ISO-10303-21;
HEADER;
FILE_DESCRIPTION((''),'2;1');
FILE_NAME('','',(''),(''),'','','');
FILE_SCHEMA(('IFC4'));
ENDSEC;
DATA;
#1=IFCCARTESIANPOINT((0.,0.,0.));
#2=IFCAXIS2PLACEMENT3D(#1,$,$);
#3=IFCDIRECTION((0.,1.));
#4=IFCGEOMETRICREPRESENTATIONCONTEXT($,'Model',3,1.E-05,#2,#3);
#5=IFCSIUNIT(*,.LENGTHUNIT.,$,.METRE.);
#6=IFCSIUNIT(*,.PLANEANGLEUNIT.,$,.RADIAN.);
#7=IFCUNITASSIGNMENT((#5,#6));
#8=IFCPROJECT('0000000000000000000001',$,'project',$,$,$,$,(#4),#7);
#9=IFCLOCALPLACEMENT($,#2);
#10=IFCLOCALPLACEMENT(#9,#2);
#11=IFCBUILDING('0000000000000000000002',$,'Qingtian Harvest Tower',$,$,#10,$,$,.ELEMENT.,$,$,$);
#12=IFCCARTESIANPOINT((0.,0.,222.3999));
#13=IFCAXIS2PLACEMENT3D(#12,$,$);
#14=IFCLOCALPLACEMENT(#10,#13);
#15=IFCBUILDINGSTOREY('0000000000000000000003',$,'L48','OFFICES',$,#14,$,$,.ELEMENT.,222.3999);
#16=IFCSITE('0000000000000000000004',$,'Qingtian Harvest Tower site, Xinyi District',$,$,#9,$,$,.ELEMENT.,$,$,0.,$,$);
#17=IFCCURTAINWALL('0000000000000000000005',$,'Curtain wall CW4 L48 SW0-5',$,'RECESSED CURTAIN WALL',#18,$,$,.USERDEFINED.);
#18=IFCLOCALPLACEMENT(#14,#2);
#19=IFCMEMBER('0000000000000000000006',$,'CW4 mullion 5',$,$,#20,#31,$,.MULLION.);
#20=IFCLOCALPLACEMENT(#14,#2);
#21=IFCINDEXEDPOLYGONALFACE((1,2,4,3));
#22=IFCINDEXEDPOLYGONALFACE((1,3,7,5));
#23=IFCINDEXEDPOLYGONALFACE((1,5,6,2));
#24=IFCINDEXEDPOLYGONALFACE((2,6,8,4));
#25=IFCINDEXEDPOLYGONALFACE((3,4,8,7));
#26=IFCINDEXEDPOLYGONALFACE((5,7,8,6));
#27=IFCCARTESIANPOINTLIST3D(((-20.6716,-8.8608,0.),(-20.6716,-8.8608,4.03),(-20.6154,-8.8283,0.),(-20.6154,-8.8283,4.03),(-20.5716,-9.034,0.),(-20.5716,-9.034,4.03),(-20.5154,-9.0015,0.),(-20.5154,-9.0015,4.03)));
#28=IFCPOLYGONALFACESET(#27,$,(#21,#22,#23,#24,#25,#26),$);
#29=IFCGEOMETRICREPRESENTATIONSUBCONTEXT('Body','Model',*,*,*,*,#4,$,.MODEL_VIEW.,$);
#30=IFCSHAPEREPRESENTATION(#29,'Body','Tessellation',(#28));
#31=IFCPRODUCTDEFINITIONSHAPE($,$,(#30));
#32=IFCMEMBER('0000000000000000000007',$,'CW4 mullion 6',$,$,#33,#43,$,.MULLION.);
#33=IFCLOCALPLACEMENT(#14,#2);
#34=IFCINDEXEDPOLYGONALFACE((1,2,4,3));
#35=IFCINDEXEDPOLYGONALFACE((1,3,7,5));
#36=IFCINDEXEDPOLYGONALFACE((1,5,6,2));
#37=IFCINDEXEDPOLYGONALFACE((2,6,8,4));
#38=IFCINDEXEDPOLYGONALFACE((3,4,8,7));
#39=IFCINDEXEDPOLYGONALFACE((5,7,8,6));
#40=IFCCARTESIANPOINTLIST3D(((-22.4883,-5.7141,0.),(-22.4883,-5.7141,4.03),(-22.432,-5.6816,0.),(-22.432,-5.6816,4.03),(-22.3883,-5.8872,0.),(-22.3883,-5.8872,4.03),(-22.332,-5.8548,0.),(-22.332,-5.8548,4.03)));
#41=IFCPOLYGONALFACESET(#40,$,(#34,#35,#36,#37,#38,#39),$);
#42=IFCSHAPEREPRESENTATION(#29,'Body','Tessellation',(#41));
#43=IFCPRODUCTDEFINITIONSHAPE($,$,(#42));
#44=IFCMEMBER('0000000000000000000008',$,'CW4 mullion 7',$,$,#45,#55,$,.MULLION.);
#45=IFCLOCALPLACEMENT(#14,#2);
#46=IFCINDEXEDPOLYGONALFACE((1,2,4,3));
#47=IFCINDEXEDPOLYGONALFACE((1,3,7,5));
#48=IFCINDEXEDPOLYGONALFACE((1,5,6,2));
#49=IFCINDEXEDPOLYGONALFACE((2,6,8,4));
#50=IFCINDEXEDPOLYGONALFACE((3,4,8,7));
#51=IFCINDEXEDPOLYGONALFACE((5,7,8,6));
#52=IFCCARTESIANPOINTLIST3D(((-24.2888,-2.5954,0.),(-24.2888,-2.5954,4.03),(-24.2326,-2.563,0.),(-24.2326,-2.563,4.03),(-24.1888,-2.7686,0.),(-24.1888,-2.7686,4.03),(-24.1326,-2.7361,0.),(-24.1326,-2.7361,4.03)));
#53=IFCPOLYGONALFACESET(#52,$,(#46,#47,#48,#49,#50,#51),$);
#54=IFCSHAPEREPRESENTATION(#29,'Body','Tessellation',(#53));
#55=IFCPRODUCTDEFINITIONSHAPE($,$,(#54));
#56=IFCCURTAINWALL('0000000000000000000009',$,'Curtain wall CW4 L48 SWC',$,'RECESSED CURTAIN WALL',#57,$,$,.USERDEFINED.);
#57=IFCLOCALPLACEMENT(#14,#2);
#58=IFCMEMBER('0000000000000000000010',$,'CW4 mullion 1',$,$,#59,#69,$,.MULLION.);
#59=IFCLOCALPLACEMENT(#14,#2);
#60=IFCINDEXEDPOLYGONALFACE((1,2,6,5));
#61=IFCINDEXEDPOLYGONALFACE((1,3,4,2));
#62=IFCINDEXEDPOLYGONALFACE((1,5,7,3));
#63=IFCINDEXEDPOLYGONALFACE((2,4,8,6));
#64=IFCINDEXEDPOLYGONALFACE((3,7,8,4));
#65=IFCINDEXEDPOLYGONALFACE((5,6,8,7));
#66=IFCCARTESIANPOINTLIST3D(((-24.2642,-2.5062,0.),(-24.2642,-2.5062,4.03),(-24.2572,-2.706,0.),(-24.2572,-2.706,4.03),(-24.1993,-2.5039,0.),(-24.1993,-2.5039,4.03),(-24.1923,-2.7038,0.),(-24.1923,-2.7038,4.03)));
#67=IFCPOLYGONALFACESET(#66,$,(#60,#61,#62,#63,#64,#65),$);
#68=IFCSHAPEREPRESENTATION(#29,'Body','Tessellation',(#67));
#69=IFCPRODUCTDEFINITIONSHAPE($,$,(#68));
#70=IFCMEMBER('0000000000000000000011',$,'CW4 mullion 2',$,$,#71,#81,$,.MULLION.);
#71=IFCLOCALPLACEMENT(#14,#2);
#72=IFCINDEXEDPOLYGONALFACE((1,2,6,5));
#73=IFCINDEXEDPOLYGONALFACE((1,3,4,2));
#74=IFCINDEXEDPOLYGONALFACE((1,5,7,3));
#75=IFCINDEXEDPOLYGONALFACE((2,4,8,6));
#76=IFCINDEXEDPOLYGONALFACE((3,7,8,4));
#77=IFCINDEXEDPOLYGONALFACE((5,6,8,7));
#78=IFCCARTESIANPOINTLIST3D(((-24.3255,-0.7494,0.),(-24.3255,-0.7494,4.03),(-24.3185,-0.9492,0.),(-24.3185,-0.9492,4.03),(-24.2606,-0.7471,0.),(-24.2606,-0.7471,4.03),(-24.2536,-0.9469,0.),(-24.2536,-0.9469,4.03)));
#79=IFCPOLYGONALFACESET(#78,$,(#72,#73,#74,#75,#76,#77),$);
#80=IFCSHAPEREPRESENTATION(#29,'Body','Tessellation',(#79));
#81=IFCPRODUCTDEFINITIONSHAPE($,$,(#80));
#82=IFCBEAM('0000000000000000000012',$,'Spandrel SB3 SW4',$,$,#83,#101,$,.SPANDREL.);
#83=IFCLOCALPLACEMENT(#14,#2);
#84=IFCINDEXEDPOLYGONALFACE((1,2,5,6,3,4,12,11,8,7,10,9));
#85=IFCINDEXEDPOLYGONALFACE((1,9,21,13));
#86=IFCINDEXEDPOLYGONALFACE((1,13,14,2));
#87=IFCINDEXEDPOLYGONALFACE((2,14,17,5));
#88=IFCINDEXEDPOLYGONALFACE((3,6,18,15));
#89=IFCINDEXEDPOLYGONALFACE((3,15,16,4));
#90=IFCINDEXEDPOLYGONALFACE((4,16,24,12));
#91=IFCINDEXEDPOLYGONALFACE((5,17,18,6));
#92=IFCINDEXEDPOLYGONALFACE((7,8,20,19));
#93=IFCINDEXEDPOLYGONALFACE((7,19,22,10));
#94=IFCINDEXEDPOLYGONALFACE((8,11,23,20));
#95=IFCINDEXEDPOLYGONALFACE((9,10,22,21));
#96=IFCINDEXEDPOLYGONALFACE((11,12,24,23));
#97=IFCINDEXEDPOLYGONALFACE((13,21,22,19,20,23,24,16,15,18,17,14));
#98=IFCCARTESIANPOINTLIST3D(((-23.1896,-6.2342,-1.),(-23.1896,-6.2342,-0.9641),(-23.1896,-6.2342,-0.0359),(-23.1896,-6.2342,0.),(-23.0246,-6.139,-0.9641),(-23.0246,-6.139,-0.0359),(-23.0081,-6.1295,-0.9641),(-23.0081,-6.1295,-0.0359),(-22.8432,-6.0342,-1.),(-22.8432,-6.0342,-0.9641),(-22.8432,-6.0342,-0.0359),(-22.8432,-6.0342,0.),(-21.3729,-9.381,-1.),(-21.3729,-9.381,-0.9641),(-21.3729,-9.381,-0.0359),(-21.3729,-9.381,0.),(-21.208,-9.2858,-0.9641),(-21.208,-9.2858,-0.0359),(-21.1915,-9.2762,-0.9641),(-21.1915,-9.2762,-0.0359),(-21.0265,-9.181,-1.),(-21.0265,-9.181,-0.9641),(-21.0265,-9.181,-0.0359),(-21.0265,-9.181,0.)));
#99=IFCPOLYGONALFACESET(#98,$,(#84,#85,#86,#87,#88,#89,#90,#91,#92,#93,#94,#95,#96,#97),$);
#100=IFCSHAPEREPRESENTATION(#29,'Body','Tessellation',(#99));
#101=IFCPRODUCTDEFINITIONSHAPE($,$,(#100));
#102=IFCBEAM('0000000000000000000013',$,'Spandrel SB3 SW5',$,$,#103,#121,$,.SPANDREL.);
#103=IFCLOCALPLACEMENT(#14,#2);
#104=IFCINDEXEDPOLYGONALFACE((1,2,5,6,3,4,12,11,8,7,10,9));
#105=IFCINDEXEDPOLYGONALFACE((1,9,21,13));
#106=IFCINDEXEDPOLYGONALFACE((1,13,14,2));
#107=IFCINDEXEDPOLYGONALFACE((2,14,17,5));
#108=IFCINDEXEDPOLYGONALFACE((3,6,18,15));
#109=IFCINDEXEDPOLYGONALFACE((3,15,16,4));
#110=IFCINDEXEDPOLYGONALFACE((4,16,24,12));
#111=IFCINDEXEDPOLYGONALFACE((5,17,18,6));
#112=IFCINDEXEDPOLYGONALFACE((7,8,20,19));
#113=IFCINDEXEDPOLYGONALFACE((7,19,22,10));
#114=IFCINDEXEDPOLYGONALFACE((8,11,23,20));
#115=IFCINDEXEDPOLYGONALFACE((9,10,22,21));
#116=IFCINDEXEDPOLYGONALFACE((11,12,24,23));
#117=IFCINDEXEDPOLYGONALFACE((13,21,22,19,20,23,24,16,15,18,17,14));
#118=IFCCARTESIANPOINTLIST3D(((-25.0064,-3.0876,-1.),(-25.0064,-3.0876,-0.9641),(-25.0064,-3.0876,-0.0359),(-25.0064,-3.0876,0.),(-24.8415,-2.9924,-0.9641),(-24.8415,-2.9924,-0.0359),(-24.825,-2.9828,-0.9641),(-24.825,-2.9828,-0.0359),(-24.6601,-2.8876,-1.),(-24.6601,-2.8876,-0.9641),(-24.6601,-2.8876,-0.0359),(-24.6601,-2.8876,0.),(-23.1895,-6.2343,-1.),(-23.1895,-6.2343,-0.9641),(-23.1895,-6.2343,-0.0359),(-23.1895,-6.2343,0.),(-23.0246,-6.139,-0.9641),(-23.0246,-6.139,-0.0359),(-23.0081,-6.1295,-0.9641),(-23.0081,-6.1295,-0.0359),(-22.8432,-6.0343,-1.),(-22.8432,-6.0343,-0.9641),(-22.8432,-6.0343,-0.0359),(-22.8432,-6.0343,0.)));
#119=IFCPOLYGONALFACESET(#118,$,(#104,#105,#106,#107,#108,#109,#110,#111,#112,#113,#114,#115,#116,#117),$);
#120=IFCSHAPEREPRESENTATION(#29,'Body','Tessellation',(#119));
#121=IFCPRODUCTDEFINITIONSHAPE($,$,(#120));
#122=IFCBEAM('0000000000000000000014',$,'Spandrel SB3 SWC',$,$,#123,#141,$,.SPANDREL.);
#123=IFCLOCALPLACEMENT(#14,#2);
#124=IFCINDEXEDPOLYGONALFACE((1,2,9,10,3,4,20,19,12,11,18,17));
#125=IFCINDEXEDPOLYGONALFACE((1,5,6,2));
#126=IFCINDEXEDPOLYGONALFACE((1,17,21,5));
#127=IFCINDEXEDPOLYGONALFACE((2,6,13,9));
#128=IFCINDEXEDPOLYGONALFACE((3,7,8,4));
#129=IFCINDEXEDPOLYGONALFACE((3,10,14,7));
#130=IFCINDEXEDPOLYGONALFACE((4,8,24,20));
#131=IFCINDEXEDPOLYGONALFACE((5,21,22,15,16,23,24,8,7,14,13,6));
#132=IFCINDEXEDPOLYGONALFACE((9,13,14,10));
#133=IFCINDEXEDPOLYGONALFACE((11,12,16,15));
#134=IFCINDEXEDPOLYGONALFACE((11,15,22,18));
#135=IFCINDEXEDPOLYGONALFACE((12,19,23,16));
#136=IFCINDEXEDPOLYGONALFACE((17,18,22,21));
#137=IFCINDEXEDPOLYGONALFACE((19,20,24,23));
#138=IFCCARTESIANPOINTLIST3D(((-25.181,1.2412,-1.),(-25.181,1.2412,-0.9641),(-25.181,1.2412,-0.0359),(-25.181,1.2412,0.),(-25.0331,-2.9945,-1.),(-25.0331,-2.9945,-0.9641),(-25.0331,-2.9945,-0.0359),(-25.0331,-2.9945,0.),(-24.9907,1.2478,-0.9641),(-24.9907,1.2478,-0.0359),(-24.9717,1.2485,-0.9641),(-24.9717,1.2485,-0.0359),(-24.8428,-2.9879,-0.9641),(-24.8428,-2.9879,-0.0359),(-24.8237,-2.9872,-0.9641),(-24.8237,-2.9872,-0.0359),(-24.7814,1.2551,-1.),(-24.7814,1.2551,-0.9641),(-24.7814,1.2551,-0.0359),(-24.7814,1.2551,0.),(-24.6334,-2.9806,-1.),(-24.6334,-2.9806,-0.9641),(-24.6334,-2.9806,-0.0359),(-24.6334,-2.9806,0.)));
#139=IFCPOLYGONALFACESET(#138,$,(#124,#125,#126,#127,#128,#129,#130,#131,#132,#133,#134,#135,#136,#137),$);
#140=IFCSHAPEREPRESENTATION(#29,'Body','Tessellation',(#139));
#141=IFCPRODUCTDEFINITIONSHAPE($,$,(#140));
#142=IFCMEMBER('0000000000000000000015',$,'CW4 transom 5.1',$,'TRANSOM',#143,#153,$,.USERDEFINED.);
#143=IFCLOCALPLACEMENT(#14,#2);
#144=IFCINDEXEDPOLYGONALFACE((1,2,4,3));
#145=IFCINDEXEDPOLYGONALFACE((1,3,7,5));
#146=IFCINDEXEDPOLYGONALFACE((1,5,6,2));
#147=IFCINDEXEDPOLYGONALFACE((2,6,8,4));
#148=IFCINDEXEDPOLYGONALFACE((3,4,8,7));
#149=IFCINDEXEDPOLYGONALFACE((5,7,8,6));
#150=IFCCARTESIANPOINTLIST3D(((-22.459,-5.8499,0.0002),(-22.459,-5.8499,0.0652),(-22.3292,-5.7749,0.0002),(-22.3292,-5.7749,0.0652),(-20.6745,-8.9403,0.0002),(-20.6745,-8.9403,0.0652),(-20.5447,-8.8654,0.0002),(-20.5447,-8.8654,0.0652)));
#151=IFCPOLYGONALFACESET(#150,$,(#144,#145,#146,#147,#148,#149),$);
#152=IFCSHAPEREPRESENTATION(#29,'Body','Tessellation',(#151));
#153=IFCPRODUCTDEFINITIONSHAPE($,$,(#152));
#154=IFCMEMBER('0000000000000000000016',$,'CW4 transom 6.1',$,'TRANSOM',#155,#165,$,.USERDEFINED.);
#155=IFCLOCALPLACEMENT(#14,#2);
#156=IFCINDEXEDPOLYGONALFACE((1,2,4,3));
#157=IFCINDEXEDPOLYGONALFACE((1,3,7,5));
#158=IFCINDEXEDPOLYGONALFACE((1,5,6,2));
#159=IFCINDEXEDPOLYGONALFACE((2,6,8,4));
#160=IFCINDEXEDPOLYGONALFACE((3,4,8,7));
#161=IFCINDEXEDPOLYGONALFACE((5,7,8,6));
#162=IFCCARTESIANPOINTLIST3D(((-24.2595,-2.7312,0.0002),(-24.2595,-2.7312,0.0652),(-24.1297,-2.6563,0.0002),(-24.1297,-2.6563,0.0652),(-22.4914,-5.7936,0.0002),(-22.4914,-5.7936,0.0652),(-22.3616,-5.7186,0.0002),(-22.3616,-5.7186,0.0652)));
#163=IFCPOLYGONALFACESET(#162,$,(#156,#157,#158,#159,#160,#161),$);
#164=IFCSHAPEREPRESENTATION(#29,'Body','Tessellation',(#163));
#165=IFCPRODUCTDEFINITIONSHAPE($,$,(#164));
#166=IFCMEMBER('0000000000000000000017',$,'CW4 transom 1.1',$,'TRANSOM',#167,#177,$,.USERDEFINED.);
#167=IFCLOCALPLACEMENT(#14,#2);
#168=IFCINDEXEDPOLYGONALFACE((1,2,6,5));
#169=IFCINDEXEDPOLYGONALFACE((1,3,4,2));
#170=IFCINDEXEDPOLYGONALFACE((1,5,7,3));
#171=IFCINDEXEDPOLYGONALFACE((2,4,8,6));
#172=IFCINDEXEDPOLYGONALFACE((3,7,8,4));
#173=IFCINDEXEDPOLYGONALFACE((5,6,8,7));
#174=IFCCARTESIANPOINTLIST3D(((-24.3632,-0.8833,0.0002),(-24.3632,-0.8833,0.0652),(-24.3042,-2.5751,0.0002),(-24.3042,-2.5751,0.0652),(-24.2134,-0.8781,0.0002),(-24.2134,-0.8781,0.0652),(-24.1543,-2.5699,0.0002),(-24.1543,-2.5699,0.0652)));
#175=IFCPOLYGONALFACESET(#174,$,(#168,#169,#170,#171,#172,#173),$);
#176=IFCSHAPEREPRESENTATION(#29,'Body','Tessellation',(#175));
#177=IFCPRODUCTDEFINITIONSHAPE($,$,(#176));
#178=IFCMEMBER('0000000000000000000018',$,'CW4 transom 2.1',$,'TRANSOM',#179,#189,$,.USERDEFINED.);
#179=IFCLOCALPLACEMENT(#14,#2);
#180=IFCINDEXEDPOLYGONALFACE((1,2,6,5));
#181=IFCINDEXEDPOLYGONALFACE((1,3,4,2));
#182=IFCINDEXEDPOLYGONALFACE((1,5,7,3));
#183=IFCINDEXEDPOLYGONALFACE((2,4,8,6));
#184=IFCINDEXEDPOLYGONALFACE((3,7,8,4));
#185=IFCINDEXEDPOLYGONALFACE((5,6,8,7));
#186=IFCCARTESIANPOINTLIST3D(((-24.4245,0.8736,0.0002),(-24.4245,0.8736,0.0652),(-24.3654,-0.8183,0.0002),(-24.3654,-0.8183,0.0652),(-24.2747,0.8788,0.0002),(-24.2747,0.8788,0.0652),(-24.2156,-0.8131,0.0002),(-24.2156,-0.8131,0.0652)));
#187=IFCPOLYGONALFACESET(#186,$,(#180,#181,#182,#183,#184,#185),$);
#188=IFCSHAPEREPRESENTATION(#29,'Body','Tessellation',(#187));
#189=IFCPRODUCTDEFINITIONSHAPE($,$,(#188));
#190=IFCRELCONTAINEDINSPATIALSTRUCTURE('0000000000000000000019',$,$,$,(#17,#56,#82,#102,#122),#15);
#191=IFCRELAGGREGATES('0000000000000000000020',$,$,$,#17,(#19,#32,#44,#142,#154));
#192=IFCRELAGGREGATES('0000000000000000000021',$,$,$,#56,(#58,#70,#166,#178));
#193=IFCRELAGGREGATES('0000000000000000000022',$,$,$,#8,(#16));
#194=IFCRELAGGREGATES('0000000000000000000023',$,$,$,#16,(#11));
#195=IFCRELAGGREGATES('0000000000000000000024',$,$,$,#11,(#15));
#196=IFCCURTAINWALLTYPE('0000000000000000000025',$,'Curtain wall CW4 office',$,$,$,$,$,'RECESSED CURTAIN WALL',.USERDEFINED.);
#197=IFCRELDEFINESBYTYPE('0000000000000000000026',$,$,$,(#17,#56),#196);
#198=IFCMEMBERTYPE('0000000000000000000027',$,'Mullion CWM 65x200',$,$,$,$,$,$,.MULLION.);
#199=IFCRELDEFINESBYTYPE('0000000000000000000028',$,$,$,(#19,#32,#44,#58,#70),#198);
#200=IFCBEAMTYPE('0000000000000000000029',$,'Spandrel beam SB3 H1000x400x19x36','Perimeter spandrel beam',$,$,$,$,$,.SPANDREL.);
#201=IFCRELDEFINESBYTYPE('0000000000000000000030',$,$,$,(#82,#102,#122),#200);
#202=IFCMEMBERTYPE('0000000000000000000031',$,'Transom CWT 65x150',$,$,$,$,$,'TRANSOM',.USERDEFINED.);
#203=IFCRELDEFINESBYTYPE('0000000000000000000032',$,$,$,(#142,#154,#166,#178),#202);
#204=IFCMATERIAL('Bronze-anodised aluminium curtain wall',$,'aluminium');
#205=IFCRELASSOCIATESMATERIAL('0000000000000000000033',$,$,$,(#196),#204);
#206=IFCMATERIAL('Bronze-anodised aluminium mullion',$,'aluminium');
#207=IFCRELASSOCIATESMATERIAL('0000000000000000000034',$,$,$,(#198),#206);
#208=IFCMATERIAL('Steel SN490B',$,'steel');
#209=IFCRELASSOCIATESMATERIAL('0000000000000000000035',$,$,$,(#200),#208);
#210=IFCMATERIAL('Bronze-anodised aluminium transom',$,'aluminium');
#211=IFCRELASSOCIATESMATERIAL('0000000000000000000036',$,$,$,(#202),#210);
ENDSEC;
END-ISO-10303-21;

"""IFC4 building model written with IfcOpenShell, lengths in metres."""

from ifc_helpers import new_model, si_unit, direction, frame, origin, origin_2d, place, context, subcontext, project, spatial, rectangle, i_section, extrude, material, material_profile, profile_set, type_object, element, aggregate, save


model = new_model("IFC4")

# Units and contexts
model_context = context("Model", 3, precision=1e-05, world=origin(), true_north=direction((0.0, 1.0)))
body_context = subcontext(model_context, "Body", "Model", "MODEL_VIEW")
ifc_project = project(units=[si_unit("LENGTHUNIT", "METRE"), si_unit("PLANEANGLEUNIT", "RADIAN")], contexts=[model_context])

# Site, building, storey
site_placement = place(None, origin())
site = spatial("IfcSite", under=ifc_project, at=site_placement, Name="Qingtian Harvest Tower site, Xinyi District", CompositionType="ELEMENT", RefElevation=0.0)
building_placement = place(site_placement, origin())
building = spatial("IfcBuilding", under=site, at=building_placement, Name="Qingtian Harvest Tower", CompositionType="ELEMENT")
storey_placement = place(building_placement, frame((0.0, 0.0, 222.3999)))
storey = spatial("IfcBuildingStorey", under=building, at=storey_placement, Name="L48", Description="OFFICES", CompositionType="ELEMENT", Elevation=222.3999)

# Curtain walls, members
ifc_material_1 = material(Name="Bronze-anodised aluminium curtain wall", Category="aluminium")
curtain_wall_type = type_object("IfcCurtainWallType", Name="Curtain wall CW4 office", ElementType="RECESSED CURTAIN WALL", PredefinedType="USERDEFINED", material=ifc_material_1)
curtain_wall_1_placement = place(storey_placement, origin())
curtain_wall_1 = element("IfcCurtainWall", 1, at=curtain_wall_1_placement, inside=storey, type_object=curtain_wall_type, Name="Curtain wall CW4 L48 SW0-5", ObjectType="RECESSED CURTAIN WALL", PredefinedType="USERDEFINED")
ifc_material_2 = material(Name="Bronze-anodised aluminium mullion", Category="aluminium")
ifc_material_profile_1 = material_profile(ifc_material_2, rectangle(XDim=0.0649, YDim=0.2, at=origin_2d()), Name="AL 65x200")
ifc_profile_set_1 = profile_set([ifc_material_profile_1], Name="Bronze-anodised aluminium mullion")
member_type_1 = type_object("IfcMemberType", Name="Mullion CWM 65x200", PredefinedType="MULLION", material=ifc_profile_set_1)
member_1_placement = place(storey_placement, frame((-20.5935, -8.9312, 0.0), z_axis=(0.0, 0.0, 1.0), x_axis=(-0.866025, -0.5, 0.0)))
member_1 = element("IfcMember", 2, at=member_1_placement, type_object=member_type_1, Name="CW4 mullion 5", PredefinedType="MULLION", context=body_context, shape_type="SweptSolid", body=[
    extrude(rectangle(XDim=0.0649, YDim=0.2, at=origin_2d()), origin(), (0.0, 0.0, 1.0), 4.03),
])
member_2_placement = place(storey_placement, frame((-22.4102, -5.7844, 0.0), z_axis=(0.0, 0.0, 1.0), x_axis=(-0.866025, -0.5, 0.0)))
member_2 = element("IfcMember", 3, at=member_2_placement, type_object=member_type_1, Name="CW4 mullion 6", PredefinedType="MULLION", context=body_context, shape_type="SweptSolid", body=[
    extrude(rectangle(XDim=0.0649, YDim=0.2, at=origin_2d()), origin(), (0.0, 0.0, 1.0), 4.03),
])
member_3_placement = place(storey_placement, frame((-24.2107, -2.6658, 0.0), z_axis=(0.0, 0.0, 1.0), x_axis=(-0.866025, -0.5, 0.0)))
member_3 = element("IfcMember", 4, at=member_3_placement, type_object=member_type_1, Name="CW4 mullion 7", PredefinedType="MULLION", context=body_context, shape_type="SweptSolid", body=[
    extrude(rectangle(XDim=0.0649, YDim=0.2, at=origin_2d()), origin(), (0.0, 0.0, 1.0), 4.03),
])
curtain_wall_2_placement = place(storey_placement, origin())
curtain_wall_2 = element("IfcCurtainWall", 5, at=curtain_wall_2_placement, inside=storey, type_object=curtain_wall_type, Name="Curtain wall CW4 L48 SWC", ObjectType="RECESSED CURTAIN WALL", PredefinedType="USERDEFINED")
member_4_placement = place(storey_placement, frame((-24.2283, -2.605, 0.0), z_axis=(0.0, 0.0, 1.0), x_axis=(-0.999391, -0.034899, 0.0)))
member_4 = element("IfcMember", 6, at=member_4_placement, type_object=member_type_1, Name="CW4 mullion 1", PredefinedType="MULLION", context=body_context, shape_type="SweptSolid", body=[
    extrude(rectangle(XDim=0.0649, YDim=0.2, at=origin_2d()), origin(), (0.0, 0.0, 1.0), 4.03),
])
member_5_placement = place(storey_placement, frame((-24.2896, -0.8481, 0.0), z_axis=(0.0, 0.0, 1.0), x_axis=(-0.999391, -0.034899, 0.0)))
member_5 = element("IfcMember", 7, at=member_5_placement, type_object=member_type_1, Name="CW4 mullion 2", PredefinedType="MULLION", context=body_context, shape_type="SweptSolid", body=[
    extrude(rectangle(XDim=0.0649, YDim=0.2, at=origin_2d()), origin(), (0.0, 0.0, 1.0), 4.03),
])

# Beams
ifc_material_3 = material(Name="Steel SN490B", Category="steel")
ifc_material_profile_2 = material_profile(ifc_material_3, i_section(OverallWidth=0.3999, OverallDepth=1.0, WebThickness=0.019, FlangeThickness=0.0359, at=origin_2d()), Name="H1000x400x19x36")
ifc_profile_set_2 = profile_set([ifc_material_profile_2], Name="Steel SN490B")
beam_type_1 = type_object("IfcBeamType", Name="Spandrel beam SB3 H1000x400x19x36", Description="Perimeter spandrel beam", PredefinedType="SPANDREL", material=ifc_profile_set_2)
for number, where, z_axis, x_axis, name in (
    (8, (-21.1997, -9.281, -0.5), (-0.499976, 0.866039, 0.0), (-0.866039, -0.499976, 0.0), "Spandrel SB3 SW4"),
    (9, (-23.0164, -6.1343, -0.5), (-0.500027, 0.86601, 0.0), (-0.86601, -0.500027, 0.0), "Spandrel SB3 SW5"),
):
    element("IfcBeam", number, at=place(storey_placement, frame(where, z_axis=z_axis, x_axis=x_axis)), inside=storey, type_object=beam_type_1, Name=name, PredefinedType="SPANDREL", context=body_context, shape_type="SweptSolid", body=[
        extrude(i_section(OverallWidth=0.3999, OverallDepth=1.0, WebThickness=0.019, FlangeThickness=0.0359, at=origin_2d()), origin(), (0.0, 0.0, 1.0), 3.6335),
    ])
beam_1_placement = place(storey_placement, frame((-24.8333, -2.9875, -0.5), z_axis=(-0.034909, 0.999391, 0.0), x_axis=(-0.999391, -0.034909, 0.0)))
element("IfcBeam", 10, at=beam_1_placement, inside=storey, type_object=beam_type_1, Name="Spandrel SB3 SWC", PredefinedType="SPANDREL", context=body_context, shape_type="SweptSolid", body=[
    extrude(i_section(OverallWidth=0.3999, OverallDepth=1.0, WebThickness=0.019, FlangeThickness=0.0359, at=origin_2d()), origin(), (0.0, 0.0, 1.0), 4.2383),
])

# Members
ifc_material_4 = material(Name="Bronze-anodised aluminium transom", Category="aluminium")
ifc_material_profile_3 = material_profile(ifc_material_4, rectangle(XDim=0.1499, YDim=0.0649, at=origin_2d()), Name="AL 65x150")
ifc_profile_set_3 = profile_set([ifc_material_profile_3], Name="Bronze-anodised aluminium transom")
member_type_2 = type_object("IfcMemberType", Name="Transom CWT 65x150", ElementType="TRANSOM", PredefinedType="USERDEFINED", material=ifc_profile_set_3)
member_6_placement = place(storey_placement, frame((-20.6096, -8.9028, 0.0327), z_axis=(-0.500046, 0.865999, 0.0), x_axis=(-0.865999, -0.500046, 0.0)))
member_6 = element("IfcMember", 11, at=member_6_placement, type_object=member_type_2, Name="CW4 transom 5.1", ObjectType="TRANSOM", PredefinedType="USERDEFINED", context=body_context, shape_type="SweptSolid", body=[
    extrude(rectangle(XDim=0.1499, YDim=0.0649, at=origin_2d()), origin(), (0.0, 0.0, 1.0), 3.5686),
])
member_7_placement = place(storey_placement, frame((-22.4265, -5.7561, 0.0327), z_axis=(-0.500015, 0.866017, 0.0), x_axis=(-0.866017, -0.500015, 0.0)))
member_7 = element("IfcMember", 12, at=member_7_placement, type_object=member_type_2, Name="CW4 transom 6.1", ObjectType="TRANSOM", PredefinedType="USERDEFINED", context=body_context, shape_type="SweptSolid", body=[
    extrude(rectangle(XDim=0.1499, YDim=0.0649, at=origin_2d()), origin(), (0.0, 0.0, 1.0), 3.5361),
])
member_8_placement = place(storey_placement, frame((-24.2292, -2.5725, 0.0327), z_axis=(-0.034899, 0.999391, 0.0), x_axis=(-0.999391, -0.034899, 0.0)))
member_8 = element("IfcMember", 13, at=member_8_placement, type_object=member_type_2, Name="CW4 transom 1.1", ObjectType="TRANSOM", PredefinedType="USERDEFINED", context=body_context, shape_type="SweptSolid", body=[
    extrude(rectangle(XDim=0.1499, YDim=0.0649, at=origin_2d()), origin(), (0.0, 0.0, 1.0), 1.6929),
])
member_9_placement = place(storey_placement, frame((-24.2905, -0.8157, 0.0327), z_axis=(-0.034899, 0.999391, 0.0), x_axis=(-0.999391, -0.034899, 0.0)))
member_9 = element("IfcMember", 14, at=member_9_placement, type_object=member_type_2, Name="CW4 transom 2.1", ObjectType="TRANSOM", PredefinedType="USERDEFINED", context=body_context, shape_type="SweptSolid", body=[
    extrude(rectangle(XDim=0.1499, YDim=0.0649, at=origin_2d()), origin(), (0.0, 0.0, 1.0), 1.6929),
])

aggregate(curtain_wall_1, [member_1, member_2, member_3, member_6, member_7])
aggregate(curtain_wall_2, [member_4, member_5, member_8, member_9])

save(model, "model.ifc")
